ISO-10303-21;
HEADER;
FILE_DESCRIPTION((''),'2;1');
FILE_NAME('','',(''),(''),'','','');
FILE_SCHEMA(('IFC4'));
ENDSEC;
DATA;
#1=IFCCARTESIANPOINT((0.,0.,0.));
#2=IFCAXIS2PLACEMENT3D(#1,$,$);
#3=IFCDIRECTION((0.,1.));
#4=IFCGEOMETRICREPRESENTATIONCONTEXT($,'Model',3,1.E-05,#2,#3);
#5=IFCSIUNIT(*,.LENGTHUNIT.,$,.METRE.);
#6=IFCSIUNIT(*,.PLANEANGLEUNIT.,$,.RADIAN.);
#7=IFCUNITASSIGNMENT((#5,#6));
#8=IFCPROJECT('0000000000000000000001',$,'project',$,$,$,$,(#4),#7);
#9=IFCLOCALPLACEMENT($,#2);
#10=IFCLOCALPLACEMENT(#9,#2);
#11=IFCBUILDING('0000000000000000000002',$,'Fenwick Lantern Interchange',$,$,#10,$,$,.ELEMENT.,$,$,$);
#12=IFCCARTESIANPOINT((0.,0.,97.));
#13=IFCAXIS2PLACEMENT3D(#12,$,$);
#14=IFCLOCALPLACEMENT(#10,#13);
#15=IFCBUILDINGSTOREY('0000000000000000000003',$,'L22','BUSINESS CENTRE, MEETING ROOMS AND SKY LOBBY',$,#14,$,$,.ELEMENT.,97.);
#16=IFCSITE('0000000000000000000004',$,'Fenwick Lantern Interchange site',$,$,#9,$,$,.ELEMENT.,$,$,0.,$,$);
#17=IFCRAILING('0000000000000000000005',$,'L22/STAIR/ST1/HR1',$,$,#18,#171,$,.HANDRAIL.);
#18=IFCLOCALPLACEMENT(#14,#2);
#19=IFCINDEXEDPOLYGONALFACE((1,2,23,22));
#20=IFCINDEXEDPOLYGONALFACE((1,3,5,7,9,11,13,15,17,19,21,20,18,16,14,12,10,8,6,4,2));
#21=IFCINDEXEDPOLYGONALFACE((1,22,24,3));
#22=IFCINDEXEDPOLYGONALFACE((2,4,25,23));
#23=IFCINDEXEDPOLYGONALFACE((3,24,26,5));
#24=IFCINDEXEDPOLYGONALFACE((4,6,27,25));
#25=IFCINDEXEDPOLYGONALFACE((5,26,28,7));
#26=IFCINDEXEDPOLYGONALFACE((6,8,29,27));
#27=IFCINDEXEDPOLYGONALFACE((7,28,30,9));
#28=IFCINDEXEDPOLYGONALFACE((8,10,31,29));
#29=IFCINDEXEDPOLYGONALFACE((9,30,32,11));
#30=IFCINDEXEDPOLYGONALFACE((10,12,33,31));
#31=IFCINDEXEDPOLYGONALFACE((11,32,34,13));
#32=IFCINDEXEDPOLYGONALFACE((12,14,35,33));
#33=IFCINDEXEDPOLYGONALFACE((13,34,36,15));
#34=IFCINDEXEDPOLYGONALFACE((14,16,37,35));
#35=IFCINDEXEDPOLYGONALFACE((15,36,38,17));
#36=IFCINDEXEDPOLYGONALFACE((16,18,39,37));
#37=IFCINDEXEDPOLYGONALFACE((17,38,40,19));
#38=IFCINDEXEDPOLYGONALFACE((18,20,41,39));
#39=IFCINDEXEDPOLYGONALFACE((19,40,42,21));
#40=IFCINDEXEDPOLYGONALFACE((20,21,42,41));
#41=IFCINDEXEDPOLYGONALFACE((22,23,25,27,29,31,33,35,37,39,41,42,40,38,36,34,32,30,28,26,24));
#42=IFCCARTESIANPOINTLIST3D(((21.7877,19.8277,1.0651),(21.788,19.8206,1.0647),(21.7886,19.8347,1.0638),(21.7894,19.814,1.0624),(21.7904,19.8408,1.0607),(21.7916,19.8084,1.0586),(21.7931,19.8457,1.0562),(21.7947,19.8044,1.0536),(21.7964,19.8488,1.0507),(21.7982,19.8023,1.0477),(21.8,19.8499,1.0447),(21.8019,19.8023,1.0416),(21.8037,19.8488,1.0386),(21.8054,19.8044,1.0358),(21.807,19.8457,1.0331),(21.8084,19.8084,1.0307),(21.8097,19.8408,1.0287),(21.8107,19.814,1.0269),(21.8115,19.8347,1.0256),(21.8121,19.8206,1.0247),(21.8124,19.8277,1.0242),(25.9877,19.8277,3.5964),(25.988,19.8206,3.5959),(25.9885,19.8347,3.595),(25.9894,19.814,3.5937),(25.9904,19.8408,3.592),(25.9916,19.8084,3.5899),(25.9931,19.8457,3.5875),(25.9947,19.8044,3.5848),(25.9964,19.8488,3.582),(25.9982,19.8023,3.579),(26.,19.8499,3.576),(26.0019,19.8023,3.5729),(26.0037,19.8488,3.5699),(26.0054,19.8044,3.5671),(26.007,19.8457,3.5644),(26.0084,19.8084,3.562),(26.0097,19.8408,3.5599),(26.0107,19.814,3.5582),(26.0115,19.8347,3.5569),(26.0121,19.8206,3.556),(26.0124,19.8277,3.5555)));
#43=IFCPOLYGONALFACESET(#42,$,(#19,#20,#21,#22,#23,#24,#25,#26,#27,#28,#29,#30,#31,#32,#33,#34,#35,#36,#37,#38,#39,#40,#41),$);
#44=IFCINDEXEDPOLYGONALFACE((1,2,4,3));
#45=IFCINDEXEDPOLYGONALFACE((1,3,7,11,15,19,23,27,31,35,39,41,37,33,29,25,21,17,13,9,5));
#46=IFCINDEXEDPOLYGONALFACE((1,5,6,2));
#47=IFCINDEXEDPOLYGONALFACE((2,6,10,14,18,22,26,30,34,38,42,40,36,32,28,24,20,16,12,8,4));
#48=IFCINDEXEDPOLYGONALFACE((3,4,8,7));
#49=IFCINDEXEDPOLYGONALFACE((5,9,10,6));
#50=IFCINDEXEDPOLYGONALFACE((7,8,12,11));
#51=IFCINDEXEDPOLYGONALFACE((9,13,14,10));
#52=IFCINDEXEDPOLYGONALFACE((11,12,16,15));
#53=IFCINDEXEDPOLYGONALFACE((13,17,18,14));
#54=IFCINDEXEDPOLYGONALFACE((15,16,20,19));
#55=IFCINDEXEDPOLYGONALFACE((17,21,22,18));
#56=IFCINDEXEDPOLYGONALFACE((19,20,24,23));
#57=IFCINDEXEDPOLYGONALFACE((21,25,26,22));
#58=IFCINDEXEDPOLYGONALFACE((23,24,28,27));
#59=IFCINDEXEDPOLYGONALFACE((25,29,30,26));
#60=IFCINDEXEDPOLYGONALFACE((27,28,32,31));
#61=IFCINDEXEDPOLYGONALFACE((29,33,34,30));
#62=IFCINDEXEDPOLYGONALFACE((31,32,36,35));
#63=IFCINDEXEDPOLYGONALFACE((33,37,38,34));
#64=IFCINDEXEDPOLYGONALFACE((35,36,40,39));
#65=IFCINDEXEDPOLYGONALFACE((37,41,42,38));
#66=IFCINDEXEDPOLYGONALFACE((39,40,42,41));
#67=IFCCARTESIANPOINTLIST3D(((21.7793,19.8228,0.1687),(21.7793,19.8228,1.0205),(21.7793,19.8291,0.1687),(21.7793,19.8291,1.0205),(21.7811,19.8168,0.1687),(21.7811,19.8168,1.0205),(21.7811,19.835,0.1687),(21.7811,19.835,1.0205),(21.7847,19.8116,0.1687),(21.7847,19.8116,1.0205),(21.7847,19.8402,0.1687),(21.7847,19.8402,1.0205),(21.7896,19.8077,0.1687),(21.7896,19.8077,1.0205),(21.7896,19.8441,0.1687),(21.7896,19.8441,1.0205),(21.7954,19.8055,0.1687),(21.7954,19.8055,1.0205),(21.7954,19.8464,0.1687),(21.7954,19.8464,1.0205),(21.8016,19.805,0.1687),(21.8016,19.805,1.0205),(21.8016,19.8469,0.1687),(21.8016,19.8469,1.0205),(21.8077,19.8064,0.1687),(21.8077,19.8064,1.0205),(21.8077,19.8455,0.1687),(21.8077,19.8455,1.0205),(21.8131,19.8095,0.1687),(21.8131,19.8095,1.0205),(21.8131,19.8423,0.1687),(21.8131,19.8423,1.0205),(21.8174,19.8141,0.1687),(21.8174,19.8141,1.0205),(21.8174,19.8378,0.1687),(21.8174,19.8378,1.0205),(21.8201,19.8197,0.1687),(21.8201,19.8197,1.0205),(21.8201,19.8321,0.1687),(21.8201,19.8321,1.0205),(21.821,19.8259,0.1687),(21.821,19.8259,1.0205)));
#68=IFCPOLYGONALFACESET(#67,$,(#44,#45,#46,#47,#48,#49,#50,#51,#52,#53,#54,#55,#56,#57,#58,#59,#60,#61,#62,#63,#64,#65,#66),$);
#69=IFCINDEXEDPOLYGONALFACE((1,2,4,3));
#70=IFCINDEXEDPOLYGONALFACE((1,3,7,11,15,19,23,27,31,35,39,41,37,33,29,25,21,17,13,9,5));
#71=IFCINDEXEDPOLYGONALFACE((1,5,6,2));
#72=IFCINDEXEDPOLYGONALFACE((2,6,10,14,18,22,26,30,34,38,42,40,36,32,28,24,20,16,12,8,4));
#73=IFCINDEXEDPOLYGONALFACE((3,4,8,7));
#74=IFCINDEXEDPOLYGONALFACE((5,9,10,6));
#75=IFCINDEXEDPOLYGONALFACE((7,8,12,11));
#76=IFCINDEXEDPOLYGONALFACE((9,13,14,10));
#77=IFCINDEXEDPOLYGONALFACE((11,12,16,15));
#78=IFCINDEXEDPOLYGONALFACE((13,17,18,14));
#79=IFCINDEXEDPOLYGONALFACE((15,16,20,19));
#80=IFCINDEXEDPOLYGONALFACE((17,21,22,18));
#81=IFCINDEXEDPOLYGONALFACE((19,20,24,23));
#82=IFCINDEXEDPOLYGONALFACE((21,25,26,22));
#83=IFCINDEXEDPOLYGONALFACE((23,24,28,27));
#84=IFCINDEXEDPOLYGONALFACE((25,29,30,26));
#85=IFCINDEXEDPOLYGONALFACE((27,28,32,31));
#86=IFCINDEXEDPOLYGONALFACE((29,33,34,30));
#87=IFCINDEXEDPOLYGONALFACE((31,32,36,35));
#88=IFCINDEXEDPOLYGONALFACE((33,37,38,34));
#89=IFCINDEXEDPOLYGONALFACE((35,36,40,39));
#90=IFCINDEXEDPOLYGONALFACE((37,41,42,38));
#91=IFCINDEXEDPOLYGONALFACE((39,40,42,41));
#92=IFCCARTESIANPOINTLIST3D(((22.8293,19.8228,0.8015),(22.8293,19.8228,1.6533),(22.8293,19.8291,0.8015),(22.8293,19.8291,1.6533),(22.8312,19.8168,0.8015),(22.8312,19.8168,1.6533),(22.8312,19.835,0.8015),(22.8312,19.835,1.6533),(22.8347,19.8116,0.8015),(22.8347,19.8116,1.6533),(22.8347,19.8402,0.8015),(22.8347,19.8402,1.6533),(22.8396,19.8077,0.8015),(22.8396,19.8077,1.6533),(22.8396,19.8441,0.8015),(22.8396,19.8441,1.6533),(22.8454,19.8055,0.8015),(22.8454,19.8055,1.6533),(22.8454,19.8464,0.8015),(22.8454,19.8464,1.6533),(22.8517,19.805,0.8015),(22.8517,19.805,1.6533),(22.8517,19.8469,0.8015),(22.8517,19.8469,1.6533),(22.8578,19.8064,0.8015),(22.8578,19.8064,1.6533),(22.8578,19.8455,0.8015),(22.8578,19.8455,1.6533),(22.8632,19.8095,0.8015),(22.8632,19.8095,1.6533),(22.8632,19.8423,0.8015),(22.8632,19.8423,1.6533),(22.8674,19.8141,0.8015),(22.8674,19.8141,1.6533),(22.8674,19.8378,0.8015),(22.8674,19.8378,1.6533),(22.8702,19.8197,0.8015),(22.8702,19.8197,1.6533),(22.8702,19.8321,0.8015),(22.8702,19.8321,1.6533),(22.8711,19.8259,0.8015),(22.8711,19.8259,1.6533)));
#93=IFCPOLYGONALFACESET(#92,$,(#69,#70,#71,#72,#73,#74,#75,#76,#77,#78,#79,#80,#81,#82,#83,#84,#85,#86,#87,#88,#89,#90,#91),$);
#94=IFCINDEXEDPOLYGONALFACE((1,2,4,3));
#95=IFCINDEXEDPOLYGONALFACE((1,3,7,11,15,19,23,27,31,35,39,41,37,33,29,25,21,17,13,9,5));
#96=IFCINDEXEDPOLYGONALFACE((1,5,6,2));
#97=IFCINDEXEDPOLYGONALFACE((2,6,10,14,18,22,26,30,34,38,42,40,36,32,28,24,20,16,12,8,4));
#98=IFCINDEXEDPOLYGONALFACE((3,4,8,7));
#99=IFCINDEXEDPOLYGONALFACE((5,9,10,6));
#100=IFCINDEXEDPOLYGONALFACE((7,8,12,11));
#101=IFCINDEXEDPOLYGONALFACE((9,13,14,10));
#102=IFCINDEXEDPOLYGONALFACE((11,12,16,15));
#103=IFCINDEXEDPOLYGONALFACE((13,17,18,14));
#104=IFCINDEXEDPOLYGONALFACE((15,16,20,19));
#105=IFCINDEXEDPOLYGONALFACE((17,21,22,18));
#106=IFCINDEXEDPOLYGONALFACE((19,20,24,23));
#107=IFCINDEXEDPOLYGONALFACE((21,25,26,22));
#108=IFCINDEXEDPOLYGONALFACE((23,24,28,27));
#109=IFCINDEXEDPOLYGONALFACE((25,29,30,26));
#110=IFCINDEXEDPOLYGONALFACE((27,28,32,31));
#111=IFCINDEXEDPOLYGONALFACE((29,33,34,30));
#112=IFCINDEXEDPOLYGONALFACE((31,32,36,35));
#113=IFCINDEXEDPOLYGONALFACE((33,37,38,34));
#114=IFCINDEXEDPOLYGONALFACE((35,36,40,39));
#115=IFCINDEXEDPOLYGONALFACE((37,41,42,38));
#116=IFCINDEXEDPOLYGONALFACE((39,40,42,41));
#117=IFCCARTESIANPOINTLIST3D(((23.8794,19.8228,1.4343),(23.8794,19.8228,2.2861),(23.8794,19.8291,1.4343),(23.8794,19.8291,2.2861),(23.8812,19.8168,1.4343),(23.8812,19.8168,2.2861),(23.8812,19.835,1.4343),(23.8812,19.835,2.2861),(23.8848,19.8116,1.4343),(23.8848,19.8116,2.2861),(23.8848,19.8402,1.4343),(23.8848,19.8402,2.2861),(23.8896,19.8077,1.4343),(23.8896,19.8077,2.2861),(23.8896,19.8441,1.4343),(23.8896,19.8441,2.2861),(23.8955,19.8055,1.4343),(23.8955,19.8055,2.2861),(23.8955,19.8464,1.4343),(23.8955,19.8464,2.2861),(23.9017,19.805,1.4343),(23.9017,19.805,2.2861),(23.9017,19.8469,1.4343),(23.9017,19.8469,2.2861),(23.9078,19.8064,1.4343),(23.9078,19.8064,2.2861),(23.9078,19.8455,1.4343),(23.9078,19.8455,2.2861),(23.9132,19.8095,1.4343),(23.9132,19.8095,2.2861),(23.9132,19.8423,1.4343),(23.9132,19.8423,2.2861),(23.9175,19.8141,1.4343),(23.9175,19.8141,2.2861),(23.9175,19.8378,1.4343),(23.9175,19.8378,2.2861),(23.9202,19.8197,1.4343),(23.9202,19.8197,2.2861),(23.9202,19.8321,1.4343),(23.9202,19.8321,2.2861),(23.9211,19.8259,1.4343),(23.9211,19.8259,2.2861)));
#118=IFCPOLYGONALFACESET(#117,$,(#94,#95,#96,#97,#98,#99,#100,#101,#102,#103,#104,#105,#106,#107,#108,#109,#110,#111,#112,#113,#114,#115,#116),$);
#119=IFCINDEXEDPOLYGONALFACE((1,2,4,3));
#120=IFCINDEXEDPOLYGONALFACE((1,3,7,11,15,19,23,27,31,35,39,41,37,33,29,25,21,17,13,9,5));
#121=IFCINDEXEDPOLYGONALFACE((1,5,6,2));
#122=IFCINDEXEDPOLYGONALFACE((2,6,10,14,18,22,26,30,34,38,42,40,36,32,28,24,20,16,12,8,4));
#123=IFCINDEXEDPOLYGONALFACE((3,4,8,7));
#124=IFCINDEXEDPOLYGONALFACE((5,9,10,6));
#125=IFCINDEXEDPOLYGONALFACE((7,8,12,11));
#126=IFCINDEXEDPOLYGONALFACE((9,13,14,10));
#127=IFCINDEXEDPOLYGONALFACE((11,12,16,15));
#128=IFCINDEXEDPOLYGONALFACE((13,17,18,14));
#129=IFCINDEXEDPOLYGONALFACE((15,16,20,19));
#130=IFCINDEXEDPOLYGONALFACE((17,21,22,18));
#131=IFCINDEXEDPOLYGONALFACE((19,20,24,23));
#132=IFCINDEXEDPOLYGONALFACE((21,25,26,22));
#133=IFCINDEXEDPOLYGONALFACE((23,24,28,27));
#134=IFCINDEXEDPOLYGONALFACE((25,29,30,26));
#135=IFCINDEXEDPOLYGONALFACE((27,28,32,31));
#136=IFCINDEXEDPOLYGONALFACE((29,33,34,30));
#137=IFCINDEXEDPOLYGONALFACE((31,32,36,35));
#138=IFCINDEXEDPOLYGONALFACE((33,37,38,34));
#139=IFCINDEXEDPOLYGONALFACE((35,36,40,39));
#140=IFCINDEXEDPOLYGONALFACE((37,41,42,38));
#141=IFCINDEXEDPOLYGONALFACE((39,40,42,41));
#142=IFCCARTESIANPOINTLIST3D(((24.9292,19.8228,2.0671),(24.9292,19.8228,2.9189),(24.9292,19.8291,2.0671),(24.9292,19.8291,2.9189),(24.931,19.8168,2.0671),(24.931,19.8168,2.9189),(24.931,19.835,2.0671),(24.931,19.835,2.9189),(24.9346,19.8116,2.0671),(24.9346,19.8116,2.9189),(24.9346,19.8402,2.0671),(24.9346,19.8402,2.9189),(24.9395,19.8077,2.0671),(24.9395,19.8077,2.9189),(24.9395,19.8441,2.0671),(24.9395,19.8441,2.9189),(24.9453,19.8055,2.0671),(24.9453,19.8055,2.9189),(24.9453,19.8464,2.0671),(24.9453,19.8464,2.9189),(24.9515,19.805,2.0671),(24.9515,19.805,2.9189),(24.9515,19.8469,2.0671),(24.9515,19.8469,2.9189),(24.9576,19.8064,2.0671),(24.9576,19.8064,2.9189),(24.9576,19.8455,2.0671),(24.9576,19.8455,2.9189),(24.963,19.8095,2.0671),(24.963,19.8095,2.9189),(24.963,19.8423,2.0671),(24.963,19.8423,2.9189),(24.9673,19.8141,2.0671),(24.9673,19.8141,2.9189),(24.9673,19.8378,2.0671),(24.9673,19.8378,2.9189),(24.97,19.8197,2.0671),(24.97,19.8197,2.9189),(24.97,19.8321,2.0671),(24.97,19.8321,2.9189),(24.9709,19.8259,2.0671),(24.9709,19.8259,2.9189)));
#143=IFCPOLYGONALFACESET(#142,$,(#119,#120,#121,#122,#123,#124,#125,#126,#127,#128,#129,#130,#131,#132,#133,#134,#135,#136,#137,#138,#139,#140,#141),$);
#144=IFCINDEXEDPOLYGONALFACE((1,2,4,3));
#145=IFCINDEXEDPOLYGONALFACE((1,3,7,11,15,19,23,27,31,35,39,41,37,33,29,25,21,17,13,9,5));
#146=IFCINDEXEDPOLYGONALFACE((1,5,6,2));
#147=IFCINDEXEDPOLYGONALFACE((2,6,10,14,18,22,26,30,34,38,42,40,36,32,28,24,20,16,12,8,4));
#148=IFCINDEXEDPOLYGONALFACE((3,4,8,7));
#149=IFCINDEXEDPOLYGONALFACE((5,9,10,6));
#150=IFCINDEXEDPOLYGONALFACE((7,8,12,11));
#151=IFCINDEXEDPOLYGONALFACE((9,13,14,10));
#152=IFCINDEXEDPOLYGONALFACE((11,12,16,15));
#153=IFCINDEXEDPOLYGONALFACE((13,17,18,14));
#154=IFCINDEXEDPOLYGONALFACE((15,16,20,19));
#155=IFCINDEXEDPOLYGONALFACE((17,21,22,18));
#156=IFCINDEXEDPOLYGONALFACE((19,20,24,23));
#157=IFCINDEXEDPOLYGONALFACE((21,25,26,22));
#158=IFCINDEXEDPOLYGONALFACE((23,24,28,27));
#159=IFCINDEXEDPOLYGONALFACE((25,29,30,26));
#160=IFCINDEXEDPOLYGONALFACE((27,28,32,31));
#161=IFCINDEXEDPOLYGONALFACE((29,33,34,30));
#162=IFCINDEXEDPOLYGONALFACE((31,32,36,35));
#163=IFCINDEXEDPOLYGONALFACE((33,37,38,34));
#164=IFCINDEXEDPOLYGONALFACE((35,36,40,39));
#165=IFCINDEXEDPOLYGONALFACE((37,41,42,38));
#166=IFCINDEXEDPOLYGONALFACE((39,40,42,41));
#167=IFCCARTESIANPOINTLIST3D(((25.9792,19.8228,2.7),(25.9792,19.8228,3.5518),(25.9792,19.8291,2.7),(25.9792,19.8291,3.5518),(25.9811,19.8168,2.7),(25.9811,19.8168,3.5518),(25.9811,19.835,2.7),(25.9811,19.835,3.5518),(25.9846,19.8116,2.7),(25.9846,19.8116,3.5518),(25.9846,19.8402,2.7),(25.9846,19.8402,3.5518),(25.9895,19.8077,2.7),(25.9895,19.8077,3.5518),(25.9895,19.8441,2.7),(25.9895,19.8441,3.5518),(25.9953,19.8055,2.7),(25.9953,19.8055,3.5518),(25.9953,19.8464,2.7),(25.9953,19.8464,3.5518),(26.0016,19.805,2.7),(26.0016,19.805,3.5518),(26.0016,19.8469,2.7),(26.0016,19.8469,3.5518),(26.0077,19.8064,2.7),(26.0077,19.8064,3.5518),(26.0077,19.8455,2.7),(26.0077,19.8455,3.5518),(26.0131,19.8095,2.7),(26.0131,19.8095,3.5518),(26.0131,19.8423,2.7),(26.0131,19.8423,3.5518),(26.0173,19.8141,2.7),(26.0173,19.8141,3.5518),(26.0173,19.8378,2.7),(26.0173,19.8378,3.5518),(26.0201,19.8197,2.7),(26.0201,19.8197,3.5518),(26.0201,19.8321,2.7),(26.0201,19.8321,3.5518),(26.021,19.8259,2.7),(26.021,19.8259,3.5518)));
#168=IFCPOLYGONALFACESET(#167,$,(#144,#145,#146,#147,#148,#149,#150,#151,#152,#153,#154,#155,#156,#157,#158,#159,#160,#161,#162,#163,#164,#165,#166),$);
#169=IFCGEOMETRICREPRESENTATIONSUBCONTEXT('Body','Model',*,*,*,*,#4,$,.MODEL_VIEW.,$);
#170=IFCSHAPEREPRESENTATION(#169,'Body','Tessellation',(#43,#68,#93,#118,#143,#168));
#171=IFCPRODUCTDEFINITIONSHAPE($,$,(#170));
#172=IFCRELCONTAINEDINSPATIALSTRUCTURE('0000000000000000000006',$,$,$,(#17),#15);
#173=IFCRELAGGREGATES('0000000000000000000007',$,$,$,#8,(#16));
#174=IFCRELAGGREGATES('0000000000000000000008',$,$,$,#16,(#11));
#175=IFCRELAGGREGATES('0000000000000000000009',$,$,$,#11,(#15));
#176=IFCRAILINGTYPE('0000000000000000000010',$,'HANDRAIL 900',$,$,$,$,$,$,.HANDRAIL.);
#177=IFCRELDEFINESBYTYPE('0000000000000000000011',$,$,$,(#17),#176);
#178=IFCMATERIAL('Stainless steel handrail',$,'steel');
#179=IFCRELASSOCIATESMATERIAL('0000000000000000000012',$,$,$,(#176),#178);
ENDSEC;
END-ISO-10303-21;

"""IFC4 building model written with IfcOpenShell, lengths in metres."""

from ifc_helpers import new_model, si_unit, direction, frame, origin, origin_2d, place, context, subcontext, project, spatial, circle, extrude, material, type_object, element, save


model = new_model("IFC4")

# Units and contexts
model_context = context("Model", 3, precision=1e-05, world=origin(), true_north=direction((0.0, 1.0)))
body_context = subcontext(model_context, "Body", "Model", "MODEL_VIEW")
ifc_project = project(units=[si_unit("LENGTHUNIT", "METRE"), si_unit("PLANEANGLEUNIT", "RADIAN")], contexts=[model_context])

# Site, building, storey
site_placement = place(None, origin())
site = spatial("IfcSite", under=ifc_project, at=site_placement, Name="Fenwick Lantern Interchange site", CompositionType="ELEMENT", RefElevation=0.0)
building_placement = place(site_placement, origin())
building = spatial("IfcBuilding", under=site, at=building_placement, Name="Fenwick Lantern Interchange", CompositionType="ELEMENT")
storey_placement = place(building_placement, frame((0.0, 0.0, 97.0)))
storey = spatial("IfcBuildingStorey", under=building, at=storey_placement, Name="L22", Description="BUSINESS CENTRE, MEETING ROOMS AND SKY LOBBY", CompositionType="ELEMENT", Elevation=97.0)

# Railing
ifc_material_1 = material(Name="Stainless steel handrail", Category="steel")
railing_type = type_object("IfcRailingType", Name="HANDRAIL 900", PredefinedType="HANDRAIL", material=ifc_material_1)
railing_1_placement = place(storey_placement, frame((21.8, 19.8259, 0.1687)))
element("IfcRailing", 1, at=railing_1_placement, inside=storey, type_object=railing_type, Name="L22/STAIR/ST1/HR1", PredefinedType="HANDRAIL", context=body_context, shape_type="SweptSolid", body=[
    extrude(circle(Radius=0.0239, at=origin_2d()), frame((0.0, 0.0, 0.876), z_axis=(0.856476, 0.0, 0.516186), x_axis=(0.0, 1.0, 0.0)), (0.0, 0.0, 1.0), 4.9038),
    extrude(circle(Radius=0.021, at=origin_2d()), origin(), (0.0, 0.0, 1.0), 0.8518),
    extrude(circle(Radius=0.021, at=origin_2d()), frame((1.05, 0.0, 0.6328)), (0.0, 0.0, 1.0), 0.8518),
    extrude(circle(Radius=0.021, at=origin_2d()), frame((2.1001, 0.0, 1.2656)), (0.0, 0.0, 1.0), 0.8518),
    extrude(circle(Radius=0.021, at=origin_2d()), frame((3.1499, 0.0, 1.8984)), (0.0, 0.0, 1.0), 0.8518),
    extrude(circle(Radius=0.021, at=origin_2d()), frame((4.2, 0.0, 2.5312)), (0.0, 0.0, 1.0), 0.8518),
])

save(model, "model.ifc")
